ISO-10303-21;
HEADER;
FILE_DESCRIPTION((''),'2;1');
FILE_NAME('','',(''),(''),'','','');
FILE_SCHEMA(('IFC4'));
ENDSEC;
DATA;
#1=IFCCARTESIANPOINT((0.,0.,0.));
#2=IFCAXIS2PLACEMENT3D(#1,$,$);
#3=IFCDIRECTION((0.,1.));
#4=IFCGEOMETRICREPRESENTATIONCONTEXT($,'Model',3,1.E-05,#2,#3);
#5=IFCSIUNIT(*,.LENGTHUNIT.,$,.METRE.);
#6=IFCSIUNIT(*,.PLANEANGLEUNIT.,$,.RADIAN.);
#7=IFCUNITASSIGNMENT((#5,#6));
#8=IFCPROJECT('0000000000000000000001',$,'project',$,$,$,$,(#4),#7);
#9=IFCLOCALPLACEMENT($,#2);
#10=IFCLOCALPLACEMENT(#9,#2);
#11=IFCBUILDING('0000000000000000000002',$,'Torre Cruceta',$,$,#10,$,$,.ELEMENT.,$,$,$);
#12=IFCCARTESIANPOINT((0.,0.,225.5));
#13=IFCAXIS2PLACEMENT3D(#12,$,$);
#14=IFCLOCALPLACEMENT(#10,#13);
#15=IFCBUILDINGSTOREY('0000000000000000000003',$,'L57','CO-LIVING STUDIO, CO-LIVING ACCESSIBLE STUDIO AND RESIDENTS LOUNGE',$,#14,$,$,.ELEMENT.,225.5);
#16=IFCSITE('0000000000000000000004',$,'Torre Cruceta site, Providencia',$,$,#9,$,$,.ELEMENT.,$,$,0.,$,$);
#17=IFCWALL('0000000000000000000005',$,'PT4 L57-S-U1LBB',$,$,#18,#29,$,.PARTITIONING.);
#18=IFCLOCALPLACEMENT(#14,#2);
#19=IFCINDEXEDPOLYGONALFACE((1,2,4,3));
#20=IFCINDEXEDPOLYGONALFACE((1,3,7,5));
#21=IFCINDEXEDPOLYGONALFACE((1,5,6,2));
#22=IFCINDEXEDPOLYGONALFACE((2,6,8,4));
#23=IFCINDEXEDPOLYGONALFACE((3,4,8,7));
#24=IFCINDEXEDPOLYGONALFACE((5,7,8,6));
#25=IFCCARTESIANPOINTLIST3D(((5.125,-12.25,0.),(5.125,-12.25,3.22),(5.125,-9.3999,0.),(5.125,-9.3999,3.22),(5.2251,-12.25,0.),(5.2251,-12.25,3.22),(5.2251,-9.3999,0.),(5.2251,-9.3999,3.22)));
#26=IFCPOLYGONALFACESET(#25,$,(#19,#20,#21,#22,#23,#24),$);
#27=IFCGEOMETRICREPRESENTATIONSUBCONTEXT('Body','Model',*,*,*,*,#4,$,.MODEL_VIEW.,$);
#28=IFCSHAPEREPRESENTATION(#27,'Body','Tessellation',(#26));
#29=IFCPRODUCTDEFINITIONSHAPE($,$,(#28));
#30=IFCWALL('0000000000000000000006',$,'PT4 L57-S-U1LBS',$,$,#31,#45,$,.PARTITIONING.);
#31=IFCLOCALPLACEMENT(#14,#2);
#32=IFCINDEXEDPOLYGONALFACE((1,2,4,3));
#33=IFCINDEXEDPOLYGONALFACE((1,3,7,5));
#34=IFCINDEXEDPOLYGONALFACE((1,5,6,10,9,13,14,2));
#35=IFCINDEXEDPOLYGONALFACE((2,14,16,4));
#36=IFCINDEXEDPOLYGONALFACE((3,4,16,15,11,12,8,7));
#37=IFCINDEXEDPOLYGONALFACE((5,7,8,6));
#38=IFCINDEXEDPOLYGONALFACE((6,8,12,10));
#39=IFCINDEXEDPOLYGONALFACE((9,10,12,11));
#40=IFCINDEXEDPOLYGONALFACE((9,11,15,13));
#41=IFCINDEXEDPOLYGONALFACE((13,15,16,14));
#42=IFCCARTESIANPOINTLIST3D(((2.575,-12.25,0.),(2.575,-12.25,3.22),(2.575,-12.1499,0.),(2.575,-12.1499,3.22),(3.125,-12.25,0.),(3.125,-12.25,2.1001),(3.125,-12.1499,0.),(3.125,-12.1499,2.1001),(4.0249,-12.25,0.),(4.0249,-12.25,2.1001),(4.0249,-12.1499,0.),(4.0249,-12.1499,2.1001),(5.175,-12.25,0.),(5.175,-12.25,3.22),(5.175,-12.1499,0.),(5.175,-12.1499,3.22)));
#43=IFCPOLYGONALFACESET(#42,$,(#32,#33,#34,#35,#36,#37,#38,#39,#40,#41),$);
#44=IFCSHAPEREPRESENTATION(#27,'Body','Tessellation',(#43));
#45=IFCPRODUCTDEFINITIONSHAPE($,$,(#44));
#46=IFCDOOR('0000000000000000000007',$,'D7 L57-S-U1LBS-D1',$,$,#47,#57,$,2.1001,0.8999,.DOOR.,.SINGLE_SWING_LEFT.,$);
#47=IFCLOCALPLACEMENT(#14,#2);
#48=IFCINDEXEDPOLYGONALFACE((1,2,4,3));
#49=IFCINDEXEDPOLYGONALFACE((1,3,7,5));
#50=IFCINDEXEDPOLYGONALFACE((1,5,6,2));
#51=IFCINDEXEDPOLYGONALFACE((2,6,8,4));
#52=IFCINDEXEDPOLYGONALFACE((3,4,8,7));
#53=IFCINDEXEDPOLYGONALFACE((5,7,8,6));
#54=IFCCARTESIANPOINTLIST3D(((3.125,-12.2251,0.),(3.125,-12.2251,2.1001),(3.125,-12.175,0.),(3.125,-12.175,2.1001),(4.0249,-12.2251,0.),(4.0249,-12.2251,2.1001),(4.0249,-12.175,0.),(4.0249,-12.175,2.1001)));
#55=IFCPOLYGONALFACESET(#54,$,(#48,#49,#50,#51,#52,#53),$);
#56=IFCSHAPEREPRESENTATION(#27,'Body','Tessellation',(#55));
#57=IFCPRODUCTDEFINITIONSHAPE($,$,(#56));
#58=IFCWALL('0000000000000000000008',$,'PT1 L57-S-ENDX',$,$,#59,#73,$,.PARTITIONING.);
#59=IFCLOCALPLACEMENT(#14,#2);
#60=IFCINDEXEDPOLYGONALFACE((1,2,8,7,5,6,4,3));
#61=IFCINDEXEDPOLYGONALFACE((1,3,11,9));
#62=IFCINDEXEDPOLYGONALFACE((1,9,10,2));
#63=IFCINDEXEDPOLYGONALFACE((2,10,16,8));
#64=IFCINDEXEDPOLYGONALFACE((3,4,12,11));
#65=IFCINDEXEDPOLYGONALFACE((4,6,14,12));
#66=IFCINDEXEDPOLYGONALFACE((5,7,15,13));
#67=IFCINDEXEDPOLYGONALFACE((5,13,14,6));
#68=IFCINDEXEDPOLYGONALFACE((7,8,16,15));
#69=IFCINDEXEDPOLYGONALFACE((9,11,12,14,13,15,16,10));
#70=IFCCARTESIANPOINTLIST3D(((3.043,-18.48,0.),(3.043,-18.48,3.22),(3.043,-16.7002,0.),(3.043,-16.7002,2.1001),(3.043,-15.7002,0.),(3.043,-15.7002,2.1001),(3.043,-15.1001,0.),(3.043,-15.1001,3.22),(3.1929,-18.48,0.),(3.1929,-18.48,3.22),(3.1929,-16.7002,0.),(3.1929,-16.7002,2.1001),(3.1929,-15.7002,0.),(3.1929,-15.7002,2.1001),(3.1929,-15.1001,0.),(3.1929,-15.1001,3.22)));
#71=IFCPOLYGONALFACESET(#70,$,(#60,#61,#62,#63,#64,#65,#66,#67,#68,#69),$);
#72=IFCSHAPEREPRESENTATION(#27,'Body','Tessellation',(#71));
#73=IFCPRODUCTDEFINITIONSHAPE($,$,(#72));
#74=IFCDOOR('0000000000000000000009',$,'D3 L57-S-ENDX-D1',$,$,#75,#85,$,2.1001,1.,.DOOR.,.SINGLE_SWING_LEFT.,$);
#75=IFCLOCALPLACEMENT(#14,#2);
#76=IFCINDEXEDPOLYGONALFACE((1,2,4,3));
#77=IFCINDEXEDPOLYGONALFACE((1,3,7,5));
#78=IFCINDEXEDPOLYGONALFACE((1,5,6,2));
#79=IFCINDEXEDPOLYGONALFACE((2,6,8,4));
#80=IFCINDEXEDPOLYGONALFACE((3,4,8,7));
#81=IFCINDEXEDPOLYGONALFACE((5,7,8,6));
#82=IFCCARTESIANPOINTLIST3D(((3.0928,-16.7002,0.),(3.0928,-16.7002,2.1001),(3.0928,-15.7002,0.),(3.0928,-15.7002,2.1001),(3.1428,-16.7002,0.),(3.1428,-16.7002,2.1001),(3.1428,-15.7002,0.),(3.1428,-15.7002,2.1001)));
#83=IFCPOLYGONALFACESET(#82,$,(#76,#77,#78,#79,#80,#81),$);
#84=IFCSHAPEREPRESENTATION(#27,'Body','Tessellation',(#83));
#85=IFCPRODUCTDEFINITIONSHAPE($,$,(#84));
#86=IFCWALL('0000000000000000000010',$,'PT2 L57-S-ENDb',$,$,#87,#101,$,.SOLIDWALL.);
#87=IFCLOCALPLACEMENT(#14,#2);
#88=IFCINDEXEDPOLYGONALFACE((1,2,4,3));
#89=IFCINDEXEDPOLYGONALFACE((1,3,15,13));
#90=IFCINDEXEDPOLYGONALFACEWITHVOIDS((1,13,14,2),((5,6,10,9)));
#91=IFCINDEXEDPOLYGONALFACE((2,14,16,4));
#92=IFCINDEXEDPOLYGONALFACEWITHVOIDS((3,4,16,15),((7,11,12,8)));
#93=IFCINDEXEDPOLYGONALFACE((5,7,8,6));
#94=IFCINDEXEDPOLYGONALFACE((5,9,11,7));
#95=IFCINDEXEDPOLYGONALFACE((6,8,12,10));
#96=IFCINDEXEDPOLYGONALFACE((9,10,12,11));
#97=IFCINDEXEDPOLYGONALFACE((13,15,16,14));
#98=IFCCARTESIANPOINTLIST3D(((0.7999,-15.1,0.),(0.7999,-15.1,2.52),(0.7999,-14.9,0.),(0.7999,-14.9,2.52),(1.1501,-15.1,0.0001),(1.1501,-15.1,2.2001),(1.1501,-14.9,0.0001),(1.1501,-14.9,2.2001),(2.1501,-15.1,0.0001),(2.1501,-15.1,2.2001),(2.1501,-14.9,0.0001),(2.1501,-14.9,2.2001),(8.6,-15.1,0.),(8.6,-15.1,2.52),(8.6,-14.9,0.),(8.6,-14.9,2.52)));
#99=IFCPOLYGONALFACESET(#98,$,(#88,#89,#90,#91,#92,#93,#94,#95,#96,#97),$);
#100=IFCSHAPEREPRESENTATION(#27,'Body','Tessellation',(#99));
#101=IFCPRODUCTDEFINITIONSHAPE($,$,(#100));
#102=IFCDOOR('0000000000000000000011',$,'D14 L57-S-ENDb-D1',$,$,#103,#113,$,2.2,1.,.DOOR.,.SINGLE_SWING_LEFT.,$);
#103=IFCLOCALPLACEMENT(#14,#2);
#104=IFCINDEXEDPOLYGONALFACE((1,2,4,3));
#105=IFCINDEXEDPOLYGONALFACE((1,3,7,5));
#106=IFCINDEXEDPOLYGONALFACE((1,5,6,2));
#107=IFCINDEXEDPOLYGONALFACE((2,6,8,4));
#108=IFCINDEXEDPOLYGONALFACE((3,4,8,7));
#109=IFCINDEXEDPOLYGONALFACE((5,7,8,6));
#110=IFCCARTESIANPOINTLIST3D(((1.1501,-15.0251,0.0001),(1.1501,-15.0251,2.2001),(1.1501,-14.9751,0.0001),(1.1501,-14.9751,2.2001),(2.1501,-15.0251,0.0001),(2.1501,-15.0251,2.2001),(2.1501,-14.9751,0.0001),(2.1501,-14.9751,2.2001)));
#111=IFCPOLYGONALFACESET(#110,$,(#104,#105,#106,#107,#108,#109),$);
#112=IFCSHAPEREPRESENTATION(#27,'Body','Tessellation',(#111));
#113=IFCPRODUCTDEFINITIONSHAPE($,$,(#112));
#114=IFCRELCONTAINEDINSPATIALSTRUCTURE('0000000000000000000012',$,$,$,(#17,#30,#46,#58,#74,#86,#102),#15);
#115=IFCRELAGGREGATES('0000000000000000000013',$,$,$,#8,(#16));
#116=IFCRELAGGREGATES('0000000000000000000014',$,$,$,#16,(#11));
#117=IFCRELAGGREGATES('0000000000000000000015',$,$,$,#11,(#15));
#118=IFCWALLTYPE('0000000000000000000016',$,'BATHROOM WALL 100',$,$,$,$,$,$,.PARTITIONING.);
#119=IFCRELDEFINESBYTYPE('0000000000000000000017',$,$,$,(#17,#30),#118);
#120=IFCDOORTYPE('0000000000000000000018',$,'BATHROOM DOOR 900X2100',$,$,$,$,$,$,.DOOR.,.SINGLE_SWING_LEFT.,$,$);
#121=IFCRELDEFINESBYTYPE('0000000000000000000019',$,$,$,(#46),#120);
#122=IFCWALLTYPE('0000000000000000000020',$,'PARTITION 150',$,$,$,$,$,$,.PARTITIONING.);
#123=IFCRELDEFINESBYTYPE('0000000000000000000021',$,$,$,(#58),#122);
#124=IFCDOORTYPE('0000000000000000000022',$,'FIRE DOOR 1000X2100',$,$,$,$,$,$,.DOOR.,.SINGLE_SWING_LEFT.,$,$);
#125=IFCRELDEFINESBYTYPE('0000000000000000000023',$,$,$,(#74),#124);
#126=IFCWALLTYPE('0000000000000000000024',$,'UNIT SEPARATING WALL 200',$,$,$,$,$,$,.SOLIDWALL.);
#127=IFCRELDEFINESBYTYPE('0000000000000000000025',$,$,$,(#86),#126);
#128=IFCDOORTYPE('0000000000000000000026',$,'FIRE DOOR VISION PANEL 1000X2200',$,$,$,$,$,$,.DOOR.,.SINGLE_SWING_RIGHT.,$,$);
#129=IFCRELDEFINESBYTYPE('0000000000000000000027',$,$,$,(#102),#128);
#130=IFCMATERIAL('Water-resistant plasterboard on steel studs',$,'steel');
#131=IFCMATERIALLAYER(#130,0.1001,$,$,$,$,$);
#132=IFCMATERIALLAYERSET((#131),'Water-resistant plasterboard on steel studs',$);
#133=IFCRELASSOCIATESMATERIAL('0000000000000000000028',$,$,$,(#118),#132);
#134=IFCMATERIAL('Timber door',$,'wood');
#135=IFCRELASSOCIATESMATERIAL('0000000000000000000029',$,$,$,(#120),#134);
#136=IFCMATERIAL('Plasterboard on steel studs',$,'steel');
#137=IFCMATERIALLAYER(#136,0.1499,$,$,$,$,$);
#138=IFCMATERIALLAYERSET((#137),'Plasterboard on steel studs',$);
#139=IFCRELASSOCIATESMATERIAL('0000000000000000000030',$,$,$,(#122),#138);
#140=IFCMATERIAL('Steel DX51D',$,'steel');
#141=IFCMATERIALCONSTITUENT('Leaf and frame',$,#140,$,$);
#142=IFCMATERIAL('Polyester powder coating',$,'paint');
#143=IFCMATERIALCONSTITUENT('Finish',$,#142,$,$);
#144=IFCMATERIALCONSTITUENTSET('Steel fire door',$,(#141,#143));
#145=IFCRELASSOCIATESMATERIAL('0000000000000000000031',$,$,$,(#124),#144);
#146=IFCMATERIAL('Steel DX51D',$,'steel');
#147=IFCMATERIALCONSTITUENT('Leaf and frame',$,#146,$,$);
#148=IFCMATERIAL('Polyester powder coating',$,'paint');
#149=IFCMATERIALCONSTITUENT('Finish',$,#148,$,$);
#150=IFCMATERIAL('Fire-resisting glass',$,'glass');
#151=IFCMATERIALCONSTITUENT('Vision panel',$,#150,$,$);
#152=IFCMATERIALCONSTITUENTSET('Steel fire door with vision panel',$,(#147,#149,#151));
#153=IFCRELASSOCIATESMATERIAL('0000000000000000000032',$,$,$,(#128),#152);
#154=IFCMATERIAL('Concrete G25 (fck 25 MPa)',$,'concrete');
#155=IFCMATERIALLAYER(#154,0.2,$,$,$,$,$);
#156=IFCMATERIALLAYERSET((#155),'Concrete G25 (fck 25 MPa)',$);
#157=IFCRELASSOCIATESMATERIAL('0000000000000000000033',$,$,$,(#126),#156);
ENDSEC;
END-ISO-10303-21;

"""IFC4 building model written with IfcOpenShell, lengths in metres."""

from ifc_helpers import new_model, si_unit, direction, frame, frame_2d, origin, place, context, subcontext, project, spatial, rectangle, extrude, material, layer, layer_set, constituent, constituent_set, type_object, element, fill, save


model = new_model("IFC4")

# Units and contexts
model_context = context("Model", 3, precision=1e-05, world=origin(), true_north=direction((0.0, 1.0)))
body_context = subcontext(model_context, "Body", "Model", "MODEL_VIEW")
ifc_project = project(units=[si_unit("LENGTHUNIT", "METRE"), si_unit("PLANEANGLEUNIT", "RADIAN")], contexts=[model_context])

# Site, building, storey
site_placement = place(None, origin())
site = spatial("IfcSite", under=ifc_project, at=site_placement, Name="Torre Cruceta site, Providencia", CompositionType="ELEMENT", RefElevation=0.0)
building_placement = place(site_placement, origin())
building = spatial("IfcBuilding", under=site, at=building_placement, Name="Torre Cruceta", CompositionType="ELEMENT")
storey_placement = place(building_placement, frame((0.0, 0.0, 225.5)))
storey = spatial("IfcBuildingStorey", under=building, at=storey_placement, Name="L57", Description="CO-LIVING STUDIO, CO-LIVING ACCESSIBLE STUDIO AND RESIDENTS LOUNGE", CompositionType="ELEMENT", Elevation=225.5)

# Wall
ifc_material_1 = material(Name="Water-resistant plasterboard on steel studs", Category="steel")
ifc_layer_1 = layer(ifc_material_1, 0.1001)
ifc_layer_set_1 = layer_set([ifc_layer_1], Name="Water-resistant plasterboard on steel studs")
wall_type_1 = type_object("IfcWallType", Name="BATHROOM WALL 100", PredefinedType="PARTITIONING", material=ifc_layer_set_1)
wall_1_placement = place(storey_placement, frame((5.175, -9.3999, 0.0), z_axis=(0.0, 0.0, 1.0), x_axis=(0.0, -1.0, 0.0)))
element("IfcWall", 1, at=wall_1_placement, inside=storey, type_object=wall_type_1, Name="PT4 L57-S-U1LBB", PredefinedType="PARTITIONING", context=body_context, shape_type="SweptSolid", body=[
    extrude(rectangle(XDim=2.8501, YDim=0.1001, at=frame_2d((1.425, 0.0))), origin(), (0.0, 0.0, 1.0), 3.22),
])

# Walls, openings, doors
wall_2_placement = place(storey_placement, frame((2.575, -12.2, 0.0), z_axis=(0.0, 0.0, 1.0), x_axis=(1.0, 0.0, 0.0)))
wall_2 = element("IfcWall", 2, at=wall_2_placement, inside=storey, type_object=wall_type_1, Name="PT4 L57-S-U1LBS", PredefinedType="PARTITIONING", context=body_context, shape_type="SweptSolid", body=[
    extrude(rectangle(XDim=2.6001, YDim=0.1001, at=frame_2d((1.3, 0.0))), origin(), (0.0, 0.0, 1.0), 3.22),
])
opening_1_placement = place(wall_2_placement, frame((0.55, 0.0, 0.0)))
opening_1 = element("IfcOpeningElement", 3, at=opening_1_placement, cuts=wall_2, PredefinedType="OPENING", context=body_context, shape_type="SweptSolid", body=[
    extrude(rectangle(XDim=0.8999, YDim=2.1001, at=frame_2d((0.45, 1.05))), frame((0.0, 0.0601, 0.0), z_axis=(0.0, -1.0, 0.0), x_axis=(1.0, 0.0, 0.0)), (0.0, 0.0, 1.0), 0.1201),
])
ifc_material_2 = material(Name="Timber door", Category="wood")
door_type_1 = type_object("IfcDoorType", Name="BATHROOM DOOR 900X2100", OperationType="SINGLE_SWING_LEFT", PredefinedType="DOOR", material=ifc_material_2)
door_1_placement = place(opening_1_placement, origin())
door_1 = element("IfcDoor", 4, at=door_1_placement, inside=storey, type_object=door_type_1, Name="D7 L57-S-U1LBS-D1", OperationType="SINGLE_SWING_LEFT", OverallHeight=2.1001, OverallWidth=0.8999, PredefinedType="DOOR", context=body_context, shape_type="SweptSolid", body=[
    extrude(rectangle(XDim=0.8999, YDim=2.1001, at=frame_2d((0.45, 1.05))), frame((0.0, 0.0249, 0.0), z_axis=(0.0, -1.0, 0.0), x_axis=(1.0, 0.0, 0.0)), (0.0, 0.0, 1.0), 0.05),
])
fill(opening_1, door_1)
ifc_material_3 = material(Name="Plasterboard on steel studs", Category="steel")
ifc_layer_2 = layer(ifc_material_3, 0.1499)
ifc_layer_set_2 = layer_set([ifc_layer_2], Name="Plasterboard on steel studs")
wall_type_2 = type_object("IfcWallType", Name="PARTITION 150", PredefinedType="PARTITIONING", material=ifc_layer_set_2)
wall_3_placement = place(storey_placement, frame((3.1179, -15.1001, 0.0), z_axis=(0.0, 0.0, 1.0), x_axis=(0.0, -1.0, 0.0)))
wall_3 = element("IfcWall", 5, at=wall_3_placement, inside=storey, type_object=wall_type_2, Name="PT1 L57-S-ENDX", PredefinedType="PARTITIONING", context=body_context, shape_type="SweptSolid", body=[
    extrude(rectangle(XDim=3.3799, YDim=0.1499, at=frame_2d((1.6899, 0.0))), origin(), (0.0, 0.0, 1.0), 3.22),
])
opening_2_placement = place(wall_3_placement, frame((0.6001, 0.0, 0.0)))
opening_2 = element("IfcOpeningElement", 6, at=opening_2_placement, cuts=wall_3, PredefinedType="OPENING", context=body_context, shape_type="SweptSolid", body=[
    extrude(rectangle(XDim=1.0, YDim=2.1001, at=frame_2d((0.5, 1.05))), frame((0.0, 0.085, 0.0), z_axis=(0.0, -1.0, 0.0), x_axis=(1.0, 0.0, 0.0)), (0.0, 0.0, 1.0), 0.1699),
])
ifc_material_4 = material(Name="Steel DX51D", Category="steel")
ifc_constituent_1 = constituent(ifc_material_4, Name="Leaf and frame")
ifc_material_5 = material(Name="Polyester powder coating", Category="paint")
ifc_constituent_2 = constituent(ifc_material_5, Name="Finish")
ifc_constituent_set_1 = constituent_set(constituents=[ifc_constituent_1, ifc_constituent_2], Name="Steel fire door")
door_type_2 = type_object("IfcDoorType", Name="FIRE DOOR 1000X2100", OperationType="SINGLE_SWING_LEFT", PredefinedType="DOOR", material=ifc_constituent_set_1)
door_2_placement = place(opening_2_placement, frame((1.0, 0.0, 0.0), z_axis=(0.0, 0.0, 1.0), x_axis=(-1.0, 0.0, 0.0)))
door_2 = element("IfcDoor", 7, at=door_2_placement, inside=storey, type_object=door_type_2, Name="D3 L57-S-ENDX-D1", OperationType="SINGLE_SWING_LEFT", OverallHeight=2.1001, OverallWidth=1.0, PredefinedType="DOOR", context=body_context, shape_type="SweptSolid", body=[
    extrude(rectangle(XDim=1.0, YDim=2.1001, at=frame_2d((0.5, 1.05))), frame((0.0, 0.0251, 0.0), z_axis=(0.0, -1.0, 0.0), x_axis=(1.0, 0.0, 0.0)), (0.0, 0.0, 1.0), 0.05),
])
fill(opening_2, door_2)

# Shared definitions
ifc_material_6 = material(Name="Steel DX51D", Category="steel")
ifc_constituent_3 = constituent(ifc_material_6, Name="Leaf and frame")
ifc_material_7 = material(Name="Polyester powder coating", Category="paint")
ifc_constituent_4 = constituent(ifc_material_7, Name="Finish")
ifc_material_8 = material(Name="Fire-resisting glass", Category="glass")
ifc_constituent_5 = constituent(ifc_material_8, Name="Vision panel")
ifc_constituent_set_2 = constituent_set(constituents=[ifc_constituent_3, ifc_constituent_4, ifc_constituent_5], Name="Steel fire door with vision panel")
door_type_3 = type_object("IfcDoorType", Name="FIRE DOOR VISION PANEL 1000X2200", OperationType="SINGLE_SWING_RIGHT", PredefinedType="DOOR", material=ifc_constituent_set_2)

# Wall, opening, door
ifc_material_9 = material(Name="Concrete G25 (fck 25 MPa)", Category="concrete")
ifc_layer_3 = layer(ifc_material_9, 0.2)
ifc_layer_set_3 = layer_set([ifc_layer_3], Name="Concrete G25 (fck 25 MPa)")
wall_type_3 = type_object("IfcWallType", Name="UNIT SEPARATING WALL 200", PredefinedType="SOLIDWALL", material=ifc_layer_set_3)
wall_4_placement = place(storey_placement, frame((0.8, -15.0, 0.0), z_axis=(0.0, 0.0, 1.0), x_axis=(1.0, 0.0, 0.0)))
wall_4 = element("IfcWall", 8, at=wall_4_placement, inside=storey, type_object=wall_type_3, Name="PT2 L57-S-ENDb", PredefinedType="SOLIDWALL", context=body_context, shape_type="SweptSolid", body=[
    extrude(rectangle(XDim=7.8, YDim=0.2, at=frame_2d((3.8999, 0.0))), origin(), (0.0, 0.0, 1.0), 2.52),
])
opening_3_placement = place(wall_4_placement, frame((0.3501, 0.0, 0.0)))
opening_3 = element("IfcOpeningElement", 9, at=opening_3_placement, cuts=wall_4, PredefinedType="OPENING", context=body_context, shape_type="SweptSolid", body=[
    extrude(rectangle(XDim=1.0, YDim=2.2, at=frame_2d((0.5, 1.1001))), frame((0.0, 0.1099, 0.0), z_axis=(0.0, -1.0, 0.0), x_axis=(1.0, 0.0, 0.0)), (0.0, 0.0, 1.0), 0.22),
])
door_3_placement = place(opening_3_placement, frame((1.0, 0.0, 0.0), z_axis=(0.0, 0.0, 1.0), x_axis=(-1.0, 0.0, 0.0)))
door_3 = element("IfcDoor", 10, at=door_3_placement, inside=storey, type_object=door_type_3, Name="D14 L57-S-ENDb-D1", OperationType="SINGLE_SWING_LEFT", OverallHeight=2.2, OverallWidth=1.0, PredefinedType="DOOR", context=body_context, shape_type="SweptSolid", body=[
    extrude(rectangle(XDim=1.0, YDim=2.2, at=frame_2d((0.5, 1.1001))), frame((0.0, 0.0251, 0.0), z_axis=(0.0, -1.0, 0.0), x_axis=(1.0, 0.0, 0.0)), (0.0, 0.0, 1.0), 0.05),
])
fill(opening_3, door_3)

save(model, "model.ifc")
